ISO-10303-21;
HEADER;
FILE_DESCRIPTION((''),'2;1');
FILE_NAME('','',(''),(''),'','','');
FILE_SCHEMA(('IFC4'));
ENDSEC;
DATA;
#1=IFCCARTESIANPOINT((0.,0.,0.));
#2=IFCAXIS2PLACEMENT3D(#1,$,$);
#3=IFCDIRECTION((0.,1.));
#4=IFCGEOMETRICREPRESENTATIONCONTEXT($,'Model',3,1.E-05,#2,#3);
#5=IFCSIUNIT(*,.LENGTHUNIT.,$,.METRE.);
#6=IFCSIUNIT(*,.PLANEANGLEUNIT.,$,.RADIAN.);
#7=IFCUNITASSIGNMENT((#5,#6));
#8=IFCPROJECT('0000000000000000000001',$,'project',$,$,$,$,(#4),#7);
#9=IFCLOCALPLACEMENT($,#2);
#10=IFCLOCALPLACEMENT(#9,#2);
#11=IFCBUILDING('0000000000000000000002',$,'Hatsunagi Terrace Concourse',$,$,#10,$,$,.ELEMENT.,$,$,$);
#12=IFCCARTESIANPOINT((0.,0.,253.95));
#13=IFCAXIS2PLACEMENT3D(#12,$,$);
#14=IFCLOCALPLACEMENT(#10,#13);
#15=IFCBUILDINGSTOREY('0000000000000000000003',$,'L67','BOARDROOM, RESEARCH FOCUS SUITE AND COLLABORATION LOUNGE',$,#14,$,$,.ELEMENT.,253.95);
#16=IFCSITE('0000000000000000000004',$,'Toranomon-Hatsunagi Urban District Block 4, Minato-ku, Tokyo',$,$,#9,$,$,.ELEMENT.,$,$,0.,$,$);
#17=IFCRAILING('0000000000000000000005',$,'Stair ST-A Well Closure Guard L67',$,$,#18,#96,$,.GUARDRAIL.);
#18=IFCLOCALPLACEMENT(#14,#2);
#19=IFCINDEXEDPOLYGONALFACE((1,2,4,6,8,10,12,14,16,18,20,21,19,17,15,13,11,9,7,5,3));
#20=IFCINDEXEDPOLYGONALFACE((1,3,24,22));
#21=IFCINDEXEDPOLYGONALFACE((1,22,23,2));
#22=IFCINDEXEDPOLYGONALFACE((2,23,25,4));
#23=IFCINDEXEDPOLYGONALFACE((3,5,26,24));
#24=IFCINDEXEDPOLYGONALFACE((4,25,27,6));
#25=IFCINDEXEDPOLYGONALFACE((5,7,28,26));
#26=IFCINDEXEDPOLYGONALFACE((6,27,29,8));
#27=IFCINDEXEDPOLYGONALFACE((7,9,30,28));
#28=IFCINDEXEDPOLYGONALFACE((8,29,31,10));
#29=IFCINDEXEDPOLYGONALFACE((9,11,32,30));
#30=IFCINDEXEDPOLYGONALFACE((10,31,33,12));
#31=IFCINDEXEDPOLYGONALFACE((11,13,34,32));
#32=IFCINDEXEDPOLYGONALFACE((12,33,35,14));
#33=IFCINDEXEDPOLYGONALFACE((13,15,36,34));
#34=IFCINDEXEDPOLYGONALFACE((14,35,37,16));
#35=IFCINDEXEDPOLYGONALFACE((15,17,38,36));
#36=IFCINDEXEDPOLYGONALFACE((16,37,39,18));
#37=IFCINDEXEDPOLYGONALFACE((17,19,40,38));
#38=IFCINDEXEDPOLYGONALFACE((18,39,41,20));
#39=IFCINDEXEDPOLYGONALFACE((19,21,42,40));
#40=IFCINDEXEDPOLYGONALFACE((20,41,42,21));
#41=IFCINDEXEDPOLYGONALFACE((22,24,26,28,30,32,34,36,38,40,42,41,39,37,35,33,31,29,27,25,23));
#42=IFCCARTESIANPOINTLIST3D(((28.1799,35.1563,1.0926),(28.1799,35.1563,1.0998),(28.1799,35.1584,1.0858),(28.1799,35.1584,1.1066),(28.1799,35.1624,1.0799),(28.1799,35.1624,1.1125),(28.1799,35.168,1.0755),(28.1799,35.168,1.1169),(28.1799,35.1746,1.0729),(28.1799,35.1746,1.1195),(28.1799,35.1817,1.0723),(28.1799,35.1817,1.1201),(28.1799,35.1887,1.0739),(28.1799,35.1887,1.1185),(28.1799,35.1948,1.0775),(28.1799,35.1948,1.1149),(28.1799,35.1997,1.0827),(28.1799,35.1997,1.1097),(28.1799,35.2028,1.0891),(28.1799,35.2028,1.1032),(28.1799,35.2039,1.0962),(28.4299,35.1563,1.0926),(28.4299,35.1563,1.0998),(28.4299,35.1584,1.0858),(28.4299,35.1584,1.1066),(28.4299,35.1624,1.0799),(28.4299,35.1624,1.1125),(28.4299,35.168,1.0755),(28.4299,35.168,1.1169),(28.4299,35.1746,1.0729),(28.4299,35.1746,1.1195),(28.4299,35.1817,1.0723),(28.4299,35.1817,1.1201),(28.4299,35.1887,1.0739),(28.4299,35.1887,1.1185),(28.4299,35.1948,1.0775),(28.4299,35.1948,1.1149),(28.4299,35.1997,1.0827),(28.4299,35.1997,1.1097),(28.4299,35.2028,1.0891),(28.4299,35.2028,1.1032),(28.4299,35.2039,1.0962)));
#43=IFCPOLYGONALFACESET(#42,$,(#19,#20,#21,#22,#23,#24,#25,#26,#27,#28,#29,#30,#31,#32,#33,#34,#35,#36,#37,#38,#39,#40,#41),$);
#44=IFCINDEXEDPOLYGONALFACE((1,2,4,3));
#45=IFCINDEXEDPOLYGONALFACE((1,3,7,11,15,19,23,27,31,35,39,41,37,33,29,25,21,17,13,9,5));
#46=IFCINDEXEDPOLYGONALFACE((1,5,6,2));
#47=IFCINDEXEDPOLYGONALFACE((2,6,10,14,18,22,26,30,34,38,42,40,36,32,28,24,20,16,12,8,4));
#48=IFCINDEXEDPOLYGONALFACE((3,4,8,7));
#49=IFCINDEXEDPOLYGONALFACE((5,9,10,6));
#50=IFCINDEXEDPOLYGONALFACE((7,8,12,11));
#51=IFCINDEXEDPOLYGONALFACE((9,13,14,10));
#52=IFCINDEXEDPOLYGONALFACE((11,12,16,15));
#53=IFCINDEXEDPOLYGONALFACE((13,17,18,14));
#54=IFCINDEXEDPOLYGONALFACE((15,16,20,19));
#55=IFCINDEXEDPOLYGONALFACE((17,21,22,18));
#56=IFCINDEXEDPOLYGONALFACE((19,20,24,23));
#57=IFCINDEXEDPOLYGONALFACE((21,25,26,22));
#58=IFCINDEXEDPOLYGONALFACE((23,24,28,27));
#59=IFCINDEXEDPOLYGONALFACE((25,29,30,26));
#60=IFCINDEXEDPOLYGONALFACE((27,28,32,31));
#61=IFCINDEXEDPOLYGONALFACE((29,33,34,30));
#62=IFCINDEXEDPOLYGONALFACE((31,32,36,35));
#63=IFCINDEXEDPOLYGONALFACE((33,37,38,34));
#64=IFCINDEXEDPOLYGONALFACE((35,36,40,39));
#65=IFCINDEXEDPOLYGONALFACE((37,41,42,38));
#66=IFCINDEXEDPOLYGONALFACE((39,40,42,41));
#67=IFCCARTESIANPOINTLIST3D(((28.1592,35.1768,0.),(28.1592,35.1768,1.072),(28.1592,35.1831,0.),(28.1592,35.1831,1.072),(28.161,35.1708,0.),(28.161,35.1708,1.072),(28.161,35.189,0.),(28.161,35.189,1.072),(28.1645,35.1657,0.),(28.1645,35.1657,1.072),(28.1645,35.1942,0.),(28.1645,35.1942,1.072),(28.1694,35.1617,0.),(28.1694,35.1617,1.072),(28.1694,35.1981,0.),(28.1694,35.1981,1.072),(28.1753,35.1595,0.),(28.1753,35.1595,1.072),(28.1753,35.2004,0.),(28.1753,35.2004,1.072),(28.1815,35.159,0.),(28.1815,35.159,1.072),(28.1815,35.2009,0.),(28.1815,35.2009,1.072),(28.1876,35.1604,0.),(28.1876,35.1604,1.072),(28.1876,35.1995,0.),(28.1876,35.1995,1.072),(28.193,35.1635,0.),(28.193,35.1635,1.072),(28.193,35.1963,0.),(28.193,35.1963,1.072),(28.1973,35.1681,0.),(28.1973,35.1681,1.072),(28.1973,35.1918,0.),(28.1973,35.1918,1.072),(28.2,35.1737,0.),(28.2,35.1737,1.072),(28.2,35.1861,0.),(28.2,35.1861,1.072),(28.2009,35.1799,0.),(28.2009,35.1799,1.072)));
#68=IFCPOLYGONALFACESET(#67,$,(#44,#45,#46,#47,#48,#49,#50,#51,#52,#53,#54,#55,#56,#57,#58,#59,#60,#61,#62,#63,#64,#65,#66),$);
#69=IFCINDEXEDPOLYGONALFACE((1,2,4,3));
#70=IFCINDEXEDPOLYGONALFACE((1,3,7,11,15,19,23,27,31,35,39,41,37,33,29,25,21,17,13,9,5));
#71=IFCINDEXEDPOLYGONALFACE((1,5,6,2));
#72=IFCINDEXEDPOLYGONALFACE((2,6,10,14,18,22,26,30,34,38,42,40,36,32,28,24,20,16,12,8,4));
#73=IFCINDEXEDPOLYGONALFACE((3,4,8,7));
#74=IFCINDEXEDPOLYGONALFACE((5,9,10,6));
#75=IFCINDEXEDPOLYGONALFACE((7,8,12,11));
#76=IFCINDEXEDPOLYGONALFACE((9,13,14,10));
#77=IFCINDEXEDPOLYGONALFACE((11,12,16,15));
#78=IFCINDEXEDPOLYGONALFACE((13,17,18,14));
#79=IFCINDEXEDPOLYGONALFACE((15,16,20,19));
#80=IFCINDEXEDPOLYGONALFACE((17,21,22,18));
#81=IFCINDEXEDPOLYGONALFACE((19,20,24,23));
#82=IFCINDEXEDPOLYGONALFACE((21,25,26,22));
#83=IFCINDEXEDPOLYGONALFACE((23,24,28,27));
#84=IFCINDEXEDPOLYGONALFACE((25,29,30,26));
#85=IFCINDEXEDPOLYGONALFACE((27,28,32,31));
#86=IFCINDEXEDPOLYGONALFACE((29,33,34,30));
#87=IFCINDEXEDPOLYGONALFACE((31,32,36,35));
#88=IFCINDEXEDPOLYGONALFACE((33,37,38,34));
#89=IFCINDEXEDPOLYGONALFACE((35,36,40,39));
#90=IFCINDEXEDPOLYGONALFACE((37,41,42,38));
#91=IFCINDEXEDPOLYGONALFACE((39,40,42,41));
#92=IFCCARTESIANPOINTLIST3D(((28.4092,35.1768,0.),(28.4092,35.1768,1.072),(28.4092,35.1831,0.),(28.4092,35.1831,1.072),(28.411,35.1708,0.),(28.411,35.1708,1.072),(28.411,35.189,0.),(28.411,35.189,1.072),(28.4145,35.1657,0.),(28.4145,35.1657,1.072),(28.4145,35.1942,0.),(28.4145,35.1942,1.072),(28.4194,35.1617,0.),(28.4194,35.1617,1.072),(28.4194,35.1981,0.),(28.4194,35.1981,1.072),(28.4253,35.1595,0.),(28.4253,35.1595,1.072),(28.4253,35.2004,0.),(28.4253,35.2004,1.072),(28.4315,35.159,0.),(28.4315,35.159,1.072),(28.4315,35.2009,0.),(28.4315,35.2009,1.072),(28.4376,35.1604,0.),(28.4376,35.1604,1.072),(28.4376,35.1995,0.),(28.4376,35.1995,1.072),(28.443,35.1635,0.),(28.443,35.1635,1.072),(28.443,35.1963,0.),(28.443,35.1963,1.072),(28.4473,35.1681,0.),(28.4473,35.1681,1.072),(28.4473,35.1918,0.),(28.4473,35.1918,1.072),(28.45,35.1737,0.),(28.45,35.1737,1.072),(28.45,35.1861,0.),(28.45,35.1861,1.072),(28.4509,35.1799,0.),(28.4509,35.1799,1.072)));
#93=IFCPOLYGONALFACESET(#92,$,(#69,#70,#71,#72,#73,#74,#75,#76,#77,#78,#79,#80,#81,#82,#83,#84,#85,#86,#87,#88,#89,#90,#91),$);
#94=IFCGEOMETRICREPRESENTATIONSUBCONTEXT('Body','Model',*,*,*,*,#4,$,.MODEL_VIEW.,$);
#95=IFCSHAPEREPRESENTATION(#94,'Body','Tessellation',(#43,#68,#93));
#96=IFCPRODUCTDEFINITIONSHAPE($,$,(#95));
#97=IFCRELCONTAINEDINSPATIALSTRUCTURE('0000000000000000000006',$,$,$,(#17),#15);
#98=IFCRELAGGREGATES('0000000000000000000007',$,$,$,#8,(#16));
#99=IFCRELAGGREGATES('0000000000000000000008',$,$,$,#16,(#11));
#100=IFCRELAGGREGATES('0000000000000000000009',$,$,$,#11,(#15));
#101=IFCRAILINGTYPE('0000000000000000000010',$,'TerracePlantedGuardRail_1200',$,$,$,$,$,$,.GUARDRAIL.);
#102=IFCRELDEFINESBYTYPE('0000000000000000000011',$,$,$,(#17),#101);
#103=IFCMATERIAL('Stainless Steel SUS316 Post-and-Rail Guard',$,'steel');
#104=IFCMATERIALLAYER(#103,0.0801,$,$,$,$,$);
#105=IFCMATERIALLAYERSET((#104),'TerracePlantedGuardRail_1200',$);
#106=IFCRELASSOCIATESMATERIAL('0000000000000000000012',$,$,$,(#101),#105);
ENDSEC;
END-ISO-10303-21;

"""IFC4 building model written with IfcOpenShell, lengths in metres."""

from ifc_helpers import new_model, si_unit, direction, frame, origin, origin_2d, place, context, subcontext, project, spatial, circle, extrude, material, layer, layer_set, type_object, element, save


model = new_model("IFC4")

# Units and contexts
model_context = context("Model", 3, precision=1e-05, world=origin(), true_north=direction((0.0, 1.0)))
body_context = subcontext(model_context, "Body", "Model", "MODEL_VIEW")
ifc_project = project(units=[si_unit("LENGTHUNIT", "METRE"), si_unit("PLANEANGLEUNIT", "RADIAN")], contexts=[model_context])

# Site, building, storey
site_placement = place(None, origin())
site = spatial("IfcSite", under=ifc_project, at=site_placement, Name="Toranomon-Hatsunagi Urban District Block 4, Minato-ku, Tokyo", CompositionType="ELEMENT", RefElevation=0.0)
building_placement = place(site_placement, origin())
building = spatial("IfcBuilding", under=site, at=building_placement, Name="Hatsunagi Terrace Concourse", CompositionType="ELEMENT")
storey_placement = place(building_placement, frame((0.0, 0.0, 253.95)))
storey = spatial("IfcBuildingStorey", under=building, at=storey_placement, Name="L67", Description="BOARDROOM, RESEARCH FOCUS SUITE AND COLLABORATION LOUNGE", CompositionType="ELEMENT", Elevation=253.95)

# Railing
ifc_material_1 = material(Name="Stainless Steel SUS316 Post-and-Rail Guard", Category="steel")
ifc_layer_1 = layer(ifc_material_1, 0.0801)
ifc_layer_set_1 = layer_set([ifc_layer_1], Name="TerracePlantedGuardRail_1200")
railing_type_1 = type_object("IfcRailingType", Name="TerracePlantedGuardRail_1200", PredefinedType="GUARDRAIL", material=ifc_layer_set_1)
railing_1_placement = place(storey_placement, frame((28.1799, 35.1799, 0.0)))
element("IfcRailing", 1, at=railing_1_placement, inside=storey, type_object=railing_type_1, Name="Stair ST-A Well Closure Guard L67", PredefinedType="GUARDRAIL", context=body_context, shape_type="SweptSolid", body=[
    extrude(circle(Radius=0.0239, at=origin_2d()), frame((0.0, 0.0, 1.0962), z_axis=(1.0, 0.0, 0.0), x_axis=(0.0, 1.0, 0.0)), (0.0, 0.0, 1.0), 0.25),
    extrude(circle(Radius=0.021, at=origin_2d()), origin(), (0.0, 0.0, 1.0), 1.072),
    extrude(circle(Radius=0.021, at=origin_2d()), frame((0.25, 0.0, 0.0)), (0.0, 0.0, 1.0), 1.072),
])

save(model, "model.ifc")
